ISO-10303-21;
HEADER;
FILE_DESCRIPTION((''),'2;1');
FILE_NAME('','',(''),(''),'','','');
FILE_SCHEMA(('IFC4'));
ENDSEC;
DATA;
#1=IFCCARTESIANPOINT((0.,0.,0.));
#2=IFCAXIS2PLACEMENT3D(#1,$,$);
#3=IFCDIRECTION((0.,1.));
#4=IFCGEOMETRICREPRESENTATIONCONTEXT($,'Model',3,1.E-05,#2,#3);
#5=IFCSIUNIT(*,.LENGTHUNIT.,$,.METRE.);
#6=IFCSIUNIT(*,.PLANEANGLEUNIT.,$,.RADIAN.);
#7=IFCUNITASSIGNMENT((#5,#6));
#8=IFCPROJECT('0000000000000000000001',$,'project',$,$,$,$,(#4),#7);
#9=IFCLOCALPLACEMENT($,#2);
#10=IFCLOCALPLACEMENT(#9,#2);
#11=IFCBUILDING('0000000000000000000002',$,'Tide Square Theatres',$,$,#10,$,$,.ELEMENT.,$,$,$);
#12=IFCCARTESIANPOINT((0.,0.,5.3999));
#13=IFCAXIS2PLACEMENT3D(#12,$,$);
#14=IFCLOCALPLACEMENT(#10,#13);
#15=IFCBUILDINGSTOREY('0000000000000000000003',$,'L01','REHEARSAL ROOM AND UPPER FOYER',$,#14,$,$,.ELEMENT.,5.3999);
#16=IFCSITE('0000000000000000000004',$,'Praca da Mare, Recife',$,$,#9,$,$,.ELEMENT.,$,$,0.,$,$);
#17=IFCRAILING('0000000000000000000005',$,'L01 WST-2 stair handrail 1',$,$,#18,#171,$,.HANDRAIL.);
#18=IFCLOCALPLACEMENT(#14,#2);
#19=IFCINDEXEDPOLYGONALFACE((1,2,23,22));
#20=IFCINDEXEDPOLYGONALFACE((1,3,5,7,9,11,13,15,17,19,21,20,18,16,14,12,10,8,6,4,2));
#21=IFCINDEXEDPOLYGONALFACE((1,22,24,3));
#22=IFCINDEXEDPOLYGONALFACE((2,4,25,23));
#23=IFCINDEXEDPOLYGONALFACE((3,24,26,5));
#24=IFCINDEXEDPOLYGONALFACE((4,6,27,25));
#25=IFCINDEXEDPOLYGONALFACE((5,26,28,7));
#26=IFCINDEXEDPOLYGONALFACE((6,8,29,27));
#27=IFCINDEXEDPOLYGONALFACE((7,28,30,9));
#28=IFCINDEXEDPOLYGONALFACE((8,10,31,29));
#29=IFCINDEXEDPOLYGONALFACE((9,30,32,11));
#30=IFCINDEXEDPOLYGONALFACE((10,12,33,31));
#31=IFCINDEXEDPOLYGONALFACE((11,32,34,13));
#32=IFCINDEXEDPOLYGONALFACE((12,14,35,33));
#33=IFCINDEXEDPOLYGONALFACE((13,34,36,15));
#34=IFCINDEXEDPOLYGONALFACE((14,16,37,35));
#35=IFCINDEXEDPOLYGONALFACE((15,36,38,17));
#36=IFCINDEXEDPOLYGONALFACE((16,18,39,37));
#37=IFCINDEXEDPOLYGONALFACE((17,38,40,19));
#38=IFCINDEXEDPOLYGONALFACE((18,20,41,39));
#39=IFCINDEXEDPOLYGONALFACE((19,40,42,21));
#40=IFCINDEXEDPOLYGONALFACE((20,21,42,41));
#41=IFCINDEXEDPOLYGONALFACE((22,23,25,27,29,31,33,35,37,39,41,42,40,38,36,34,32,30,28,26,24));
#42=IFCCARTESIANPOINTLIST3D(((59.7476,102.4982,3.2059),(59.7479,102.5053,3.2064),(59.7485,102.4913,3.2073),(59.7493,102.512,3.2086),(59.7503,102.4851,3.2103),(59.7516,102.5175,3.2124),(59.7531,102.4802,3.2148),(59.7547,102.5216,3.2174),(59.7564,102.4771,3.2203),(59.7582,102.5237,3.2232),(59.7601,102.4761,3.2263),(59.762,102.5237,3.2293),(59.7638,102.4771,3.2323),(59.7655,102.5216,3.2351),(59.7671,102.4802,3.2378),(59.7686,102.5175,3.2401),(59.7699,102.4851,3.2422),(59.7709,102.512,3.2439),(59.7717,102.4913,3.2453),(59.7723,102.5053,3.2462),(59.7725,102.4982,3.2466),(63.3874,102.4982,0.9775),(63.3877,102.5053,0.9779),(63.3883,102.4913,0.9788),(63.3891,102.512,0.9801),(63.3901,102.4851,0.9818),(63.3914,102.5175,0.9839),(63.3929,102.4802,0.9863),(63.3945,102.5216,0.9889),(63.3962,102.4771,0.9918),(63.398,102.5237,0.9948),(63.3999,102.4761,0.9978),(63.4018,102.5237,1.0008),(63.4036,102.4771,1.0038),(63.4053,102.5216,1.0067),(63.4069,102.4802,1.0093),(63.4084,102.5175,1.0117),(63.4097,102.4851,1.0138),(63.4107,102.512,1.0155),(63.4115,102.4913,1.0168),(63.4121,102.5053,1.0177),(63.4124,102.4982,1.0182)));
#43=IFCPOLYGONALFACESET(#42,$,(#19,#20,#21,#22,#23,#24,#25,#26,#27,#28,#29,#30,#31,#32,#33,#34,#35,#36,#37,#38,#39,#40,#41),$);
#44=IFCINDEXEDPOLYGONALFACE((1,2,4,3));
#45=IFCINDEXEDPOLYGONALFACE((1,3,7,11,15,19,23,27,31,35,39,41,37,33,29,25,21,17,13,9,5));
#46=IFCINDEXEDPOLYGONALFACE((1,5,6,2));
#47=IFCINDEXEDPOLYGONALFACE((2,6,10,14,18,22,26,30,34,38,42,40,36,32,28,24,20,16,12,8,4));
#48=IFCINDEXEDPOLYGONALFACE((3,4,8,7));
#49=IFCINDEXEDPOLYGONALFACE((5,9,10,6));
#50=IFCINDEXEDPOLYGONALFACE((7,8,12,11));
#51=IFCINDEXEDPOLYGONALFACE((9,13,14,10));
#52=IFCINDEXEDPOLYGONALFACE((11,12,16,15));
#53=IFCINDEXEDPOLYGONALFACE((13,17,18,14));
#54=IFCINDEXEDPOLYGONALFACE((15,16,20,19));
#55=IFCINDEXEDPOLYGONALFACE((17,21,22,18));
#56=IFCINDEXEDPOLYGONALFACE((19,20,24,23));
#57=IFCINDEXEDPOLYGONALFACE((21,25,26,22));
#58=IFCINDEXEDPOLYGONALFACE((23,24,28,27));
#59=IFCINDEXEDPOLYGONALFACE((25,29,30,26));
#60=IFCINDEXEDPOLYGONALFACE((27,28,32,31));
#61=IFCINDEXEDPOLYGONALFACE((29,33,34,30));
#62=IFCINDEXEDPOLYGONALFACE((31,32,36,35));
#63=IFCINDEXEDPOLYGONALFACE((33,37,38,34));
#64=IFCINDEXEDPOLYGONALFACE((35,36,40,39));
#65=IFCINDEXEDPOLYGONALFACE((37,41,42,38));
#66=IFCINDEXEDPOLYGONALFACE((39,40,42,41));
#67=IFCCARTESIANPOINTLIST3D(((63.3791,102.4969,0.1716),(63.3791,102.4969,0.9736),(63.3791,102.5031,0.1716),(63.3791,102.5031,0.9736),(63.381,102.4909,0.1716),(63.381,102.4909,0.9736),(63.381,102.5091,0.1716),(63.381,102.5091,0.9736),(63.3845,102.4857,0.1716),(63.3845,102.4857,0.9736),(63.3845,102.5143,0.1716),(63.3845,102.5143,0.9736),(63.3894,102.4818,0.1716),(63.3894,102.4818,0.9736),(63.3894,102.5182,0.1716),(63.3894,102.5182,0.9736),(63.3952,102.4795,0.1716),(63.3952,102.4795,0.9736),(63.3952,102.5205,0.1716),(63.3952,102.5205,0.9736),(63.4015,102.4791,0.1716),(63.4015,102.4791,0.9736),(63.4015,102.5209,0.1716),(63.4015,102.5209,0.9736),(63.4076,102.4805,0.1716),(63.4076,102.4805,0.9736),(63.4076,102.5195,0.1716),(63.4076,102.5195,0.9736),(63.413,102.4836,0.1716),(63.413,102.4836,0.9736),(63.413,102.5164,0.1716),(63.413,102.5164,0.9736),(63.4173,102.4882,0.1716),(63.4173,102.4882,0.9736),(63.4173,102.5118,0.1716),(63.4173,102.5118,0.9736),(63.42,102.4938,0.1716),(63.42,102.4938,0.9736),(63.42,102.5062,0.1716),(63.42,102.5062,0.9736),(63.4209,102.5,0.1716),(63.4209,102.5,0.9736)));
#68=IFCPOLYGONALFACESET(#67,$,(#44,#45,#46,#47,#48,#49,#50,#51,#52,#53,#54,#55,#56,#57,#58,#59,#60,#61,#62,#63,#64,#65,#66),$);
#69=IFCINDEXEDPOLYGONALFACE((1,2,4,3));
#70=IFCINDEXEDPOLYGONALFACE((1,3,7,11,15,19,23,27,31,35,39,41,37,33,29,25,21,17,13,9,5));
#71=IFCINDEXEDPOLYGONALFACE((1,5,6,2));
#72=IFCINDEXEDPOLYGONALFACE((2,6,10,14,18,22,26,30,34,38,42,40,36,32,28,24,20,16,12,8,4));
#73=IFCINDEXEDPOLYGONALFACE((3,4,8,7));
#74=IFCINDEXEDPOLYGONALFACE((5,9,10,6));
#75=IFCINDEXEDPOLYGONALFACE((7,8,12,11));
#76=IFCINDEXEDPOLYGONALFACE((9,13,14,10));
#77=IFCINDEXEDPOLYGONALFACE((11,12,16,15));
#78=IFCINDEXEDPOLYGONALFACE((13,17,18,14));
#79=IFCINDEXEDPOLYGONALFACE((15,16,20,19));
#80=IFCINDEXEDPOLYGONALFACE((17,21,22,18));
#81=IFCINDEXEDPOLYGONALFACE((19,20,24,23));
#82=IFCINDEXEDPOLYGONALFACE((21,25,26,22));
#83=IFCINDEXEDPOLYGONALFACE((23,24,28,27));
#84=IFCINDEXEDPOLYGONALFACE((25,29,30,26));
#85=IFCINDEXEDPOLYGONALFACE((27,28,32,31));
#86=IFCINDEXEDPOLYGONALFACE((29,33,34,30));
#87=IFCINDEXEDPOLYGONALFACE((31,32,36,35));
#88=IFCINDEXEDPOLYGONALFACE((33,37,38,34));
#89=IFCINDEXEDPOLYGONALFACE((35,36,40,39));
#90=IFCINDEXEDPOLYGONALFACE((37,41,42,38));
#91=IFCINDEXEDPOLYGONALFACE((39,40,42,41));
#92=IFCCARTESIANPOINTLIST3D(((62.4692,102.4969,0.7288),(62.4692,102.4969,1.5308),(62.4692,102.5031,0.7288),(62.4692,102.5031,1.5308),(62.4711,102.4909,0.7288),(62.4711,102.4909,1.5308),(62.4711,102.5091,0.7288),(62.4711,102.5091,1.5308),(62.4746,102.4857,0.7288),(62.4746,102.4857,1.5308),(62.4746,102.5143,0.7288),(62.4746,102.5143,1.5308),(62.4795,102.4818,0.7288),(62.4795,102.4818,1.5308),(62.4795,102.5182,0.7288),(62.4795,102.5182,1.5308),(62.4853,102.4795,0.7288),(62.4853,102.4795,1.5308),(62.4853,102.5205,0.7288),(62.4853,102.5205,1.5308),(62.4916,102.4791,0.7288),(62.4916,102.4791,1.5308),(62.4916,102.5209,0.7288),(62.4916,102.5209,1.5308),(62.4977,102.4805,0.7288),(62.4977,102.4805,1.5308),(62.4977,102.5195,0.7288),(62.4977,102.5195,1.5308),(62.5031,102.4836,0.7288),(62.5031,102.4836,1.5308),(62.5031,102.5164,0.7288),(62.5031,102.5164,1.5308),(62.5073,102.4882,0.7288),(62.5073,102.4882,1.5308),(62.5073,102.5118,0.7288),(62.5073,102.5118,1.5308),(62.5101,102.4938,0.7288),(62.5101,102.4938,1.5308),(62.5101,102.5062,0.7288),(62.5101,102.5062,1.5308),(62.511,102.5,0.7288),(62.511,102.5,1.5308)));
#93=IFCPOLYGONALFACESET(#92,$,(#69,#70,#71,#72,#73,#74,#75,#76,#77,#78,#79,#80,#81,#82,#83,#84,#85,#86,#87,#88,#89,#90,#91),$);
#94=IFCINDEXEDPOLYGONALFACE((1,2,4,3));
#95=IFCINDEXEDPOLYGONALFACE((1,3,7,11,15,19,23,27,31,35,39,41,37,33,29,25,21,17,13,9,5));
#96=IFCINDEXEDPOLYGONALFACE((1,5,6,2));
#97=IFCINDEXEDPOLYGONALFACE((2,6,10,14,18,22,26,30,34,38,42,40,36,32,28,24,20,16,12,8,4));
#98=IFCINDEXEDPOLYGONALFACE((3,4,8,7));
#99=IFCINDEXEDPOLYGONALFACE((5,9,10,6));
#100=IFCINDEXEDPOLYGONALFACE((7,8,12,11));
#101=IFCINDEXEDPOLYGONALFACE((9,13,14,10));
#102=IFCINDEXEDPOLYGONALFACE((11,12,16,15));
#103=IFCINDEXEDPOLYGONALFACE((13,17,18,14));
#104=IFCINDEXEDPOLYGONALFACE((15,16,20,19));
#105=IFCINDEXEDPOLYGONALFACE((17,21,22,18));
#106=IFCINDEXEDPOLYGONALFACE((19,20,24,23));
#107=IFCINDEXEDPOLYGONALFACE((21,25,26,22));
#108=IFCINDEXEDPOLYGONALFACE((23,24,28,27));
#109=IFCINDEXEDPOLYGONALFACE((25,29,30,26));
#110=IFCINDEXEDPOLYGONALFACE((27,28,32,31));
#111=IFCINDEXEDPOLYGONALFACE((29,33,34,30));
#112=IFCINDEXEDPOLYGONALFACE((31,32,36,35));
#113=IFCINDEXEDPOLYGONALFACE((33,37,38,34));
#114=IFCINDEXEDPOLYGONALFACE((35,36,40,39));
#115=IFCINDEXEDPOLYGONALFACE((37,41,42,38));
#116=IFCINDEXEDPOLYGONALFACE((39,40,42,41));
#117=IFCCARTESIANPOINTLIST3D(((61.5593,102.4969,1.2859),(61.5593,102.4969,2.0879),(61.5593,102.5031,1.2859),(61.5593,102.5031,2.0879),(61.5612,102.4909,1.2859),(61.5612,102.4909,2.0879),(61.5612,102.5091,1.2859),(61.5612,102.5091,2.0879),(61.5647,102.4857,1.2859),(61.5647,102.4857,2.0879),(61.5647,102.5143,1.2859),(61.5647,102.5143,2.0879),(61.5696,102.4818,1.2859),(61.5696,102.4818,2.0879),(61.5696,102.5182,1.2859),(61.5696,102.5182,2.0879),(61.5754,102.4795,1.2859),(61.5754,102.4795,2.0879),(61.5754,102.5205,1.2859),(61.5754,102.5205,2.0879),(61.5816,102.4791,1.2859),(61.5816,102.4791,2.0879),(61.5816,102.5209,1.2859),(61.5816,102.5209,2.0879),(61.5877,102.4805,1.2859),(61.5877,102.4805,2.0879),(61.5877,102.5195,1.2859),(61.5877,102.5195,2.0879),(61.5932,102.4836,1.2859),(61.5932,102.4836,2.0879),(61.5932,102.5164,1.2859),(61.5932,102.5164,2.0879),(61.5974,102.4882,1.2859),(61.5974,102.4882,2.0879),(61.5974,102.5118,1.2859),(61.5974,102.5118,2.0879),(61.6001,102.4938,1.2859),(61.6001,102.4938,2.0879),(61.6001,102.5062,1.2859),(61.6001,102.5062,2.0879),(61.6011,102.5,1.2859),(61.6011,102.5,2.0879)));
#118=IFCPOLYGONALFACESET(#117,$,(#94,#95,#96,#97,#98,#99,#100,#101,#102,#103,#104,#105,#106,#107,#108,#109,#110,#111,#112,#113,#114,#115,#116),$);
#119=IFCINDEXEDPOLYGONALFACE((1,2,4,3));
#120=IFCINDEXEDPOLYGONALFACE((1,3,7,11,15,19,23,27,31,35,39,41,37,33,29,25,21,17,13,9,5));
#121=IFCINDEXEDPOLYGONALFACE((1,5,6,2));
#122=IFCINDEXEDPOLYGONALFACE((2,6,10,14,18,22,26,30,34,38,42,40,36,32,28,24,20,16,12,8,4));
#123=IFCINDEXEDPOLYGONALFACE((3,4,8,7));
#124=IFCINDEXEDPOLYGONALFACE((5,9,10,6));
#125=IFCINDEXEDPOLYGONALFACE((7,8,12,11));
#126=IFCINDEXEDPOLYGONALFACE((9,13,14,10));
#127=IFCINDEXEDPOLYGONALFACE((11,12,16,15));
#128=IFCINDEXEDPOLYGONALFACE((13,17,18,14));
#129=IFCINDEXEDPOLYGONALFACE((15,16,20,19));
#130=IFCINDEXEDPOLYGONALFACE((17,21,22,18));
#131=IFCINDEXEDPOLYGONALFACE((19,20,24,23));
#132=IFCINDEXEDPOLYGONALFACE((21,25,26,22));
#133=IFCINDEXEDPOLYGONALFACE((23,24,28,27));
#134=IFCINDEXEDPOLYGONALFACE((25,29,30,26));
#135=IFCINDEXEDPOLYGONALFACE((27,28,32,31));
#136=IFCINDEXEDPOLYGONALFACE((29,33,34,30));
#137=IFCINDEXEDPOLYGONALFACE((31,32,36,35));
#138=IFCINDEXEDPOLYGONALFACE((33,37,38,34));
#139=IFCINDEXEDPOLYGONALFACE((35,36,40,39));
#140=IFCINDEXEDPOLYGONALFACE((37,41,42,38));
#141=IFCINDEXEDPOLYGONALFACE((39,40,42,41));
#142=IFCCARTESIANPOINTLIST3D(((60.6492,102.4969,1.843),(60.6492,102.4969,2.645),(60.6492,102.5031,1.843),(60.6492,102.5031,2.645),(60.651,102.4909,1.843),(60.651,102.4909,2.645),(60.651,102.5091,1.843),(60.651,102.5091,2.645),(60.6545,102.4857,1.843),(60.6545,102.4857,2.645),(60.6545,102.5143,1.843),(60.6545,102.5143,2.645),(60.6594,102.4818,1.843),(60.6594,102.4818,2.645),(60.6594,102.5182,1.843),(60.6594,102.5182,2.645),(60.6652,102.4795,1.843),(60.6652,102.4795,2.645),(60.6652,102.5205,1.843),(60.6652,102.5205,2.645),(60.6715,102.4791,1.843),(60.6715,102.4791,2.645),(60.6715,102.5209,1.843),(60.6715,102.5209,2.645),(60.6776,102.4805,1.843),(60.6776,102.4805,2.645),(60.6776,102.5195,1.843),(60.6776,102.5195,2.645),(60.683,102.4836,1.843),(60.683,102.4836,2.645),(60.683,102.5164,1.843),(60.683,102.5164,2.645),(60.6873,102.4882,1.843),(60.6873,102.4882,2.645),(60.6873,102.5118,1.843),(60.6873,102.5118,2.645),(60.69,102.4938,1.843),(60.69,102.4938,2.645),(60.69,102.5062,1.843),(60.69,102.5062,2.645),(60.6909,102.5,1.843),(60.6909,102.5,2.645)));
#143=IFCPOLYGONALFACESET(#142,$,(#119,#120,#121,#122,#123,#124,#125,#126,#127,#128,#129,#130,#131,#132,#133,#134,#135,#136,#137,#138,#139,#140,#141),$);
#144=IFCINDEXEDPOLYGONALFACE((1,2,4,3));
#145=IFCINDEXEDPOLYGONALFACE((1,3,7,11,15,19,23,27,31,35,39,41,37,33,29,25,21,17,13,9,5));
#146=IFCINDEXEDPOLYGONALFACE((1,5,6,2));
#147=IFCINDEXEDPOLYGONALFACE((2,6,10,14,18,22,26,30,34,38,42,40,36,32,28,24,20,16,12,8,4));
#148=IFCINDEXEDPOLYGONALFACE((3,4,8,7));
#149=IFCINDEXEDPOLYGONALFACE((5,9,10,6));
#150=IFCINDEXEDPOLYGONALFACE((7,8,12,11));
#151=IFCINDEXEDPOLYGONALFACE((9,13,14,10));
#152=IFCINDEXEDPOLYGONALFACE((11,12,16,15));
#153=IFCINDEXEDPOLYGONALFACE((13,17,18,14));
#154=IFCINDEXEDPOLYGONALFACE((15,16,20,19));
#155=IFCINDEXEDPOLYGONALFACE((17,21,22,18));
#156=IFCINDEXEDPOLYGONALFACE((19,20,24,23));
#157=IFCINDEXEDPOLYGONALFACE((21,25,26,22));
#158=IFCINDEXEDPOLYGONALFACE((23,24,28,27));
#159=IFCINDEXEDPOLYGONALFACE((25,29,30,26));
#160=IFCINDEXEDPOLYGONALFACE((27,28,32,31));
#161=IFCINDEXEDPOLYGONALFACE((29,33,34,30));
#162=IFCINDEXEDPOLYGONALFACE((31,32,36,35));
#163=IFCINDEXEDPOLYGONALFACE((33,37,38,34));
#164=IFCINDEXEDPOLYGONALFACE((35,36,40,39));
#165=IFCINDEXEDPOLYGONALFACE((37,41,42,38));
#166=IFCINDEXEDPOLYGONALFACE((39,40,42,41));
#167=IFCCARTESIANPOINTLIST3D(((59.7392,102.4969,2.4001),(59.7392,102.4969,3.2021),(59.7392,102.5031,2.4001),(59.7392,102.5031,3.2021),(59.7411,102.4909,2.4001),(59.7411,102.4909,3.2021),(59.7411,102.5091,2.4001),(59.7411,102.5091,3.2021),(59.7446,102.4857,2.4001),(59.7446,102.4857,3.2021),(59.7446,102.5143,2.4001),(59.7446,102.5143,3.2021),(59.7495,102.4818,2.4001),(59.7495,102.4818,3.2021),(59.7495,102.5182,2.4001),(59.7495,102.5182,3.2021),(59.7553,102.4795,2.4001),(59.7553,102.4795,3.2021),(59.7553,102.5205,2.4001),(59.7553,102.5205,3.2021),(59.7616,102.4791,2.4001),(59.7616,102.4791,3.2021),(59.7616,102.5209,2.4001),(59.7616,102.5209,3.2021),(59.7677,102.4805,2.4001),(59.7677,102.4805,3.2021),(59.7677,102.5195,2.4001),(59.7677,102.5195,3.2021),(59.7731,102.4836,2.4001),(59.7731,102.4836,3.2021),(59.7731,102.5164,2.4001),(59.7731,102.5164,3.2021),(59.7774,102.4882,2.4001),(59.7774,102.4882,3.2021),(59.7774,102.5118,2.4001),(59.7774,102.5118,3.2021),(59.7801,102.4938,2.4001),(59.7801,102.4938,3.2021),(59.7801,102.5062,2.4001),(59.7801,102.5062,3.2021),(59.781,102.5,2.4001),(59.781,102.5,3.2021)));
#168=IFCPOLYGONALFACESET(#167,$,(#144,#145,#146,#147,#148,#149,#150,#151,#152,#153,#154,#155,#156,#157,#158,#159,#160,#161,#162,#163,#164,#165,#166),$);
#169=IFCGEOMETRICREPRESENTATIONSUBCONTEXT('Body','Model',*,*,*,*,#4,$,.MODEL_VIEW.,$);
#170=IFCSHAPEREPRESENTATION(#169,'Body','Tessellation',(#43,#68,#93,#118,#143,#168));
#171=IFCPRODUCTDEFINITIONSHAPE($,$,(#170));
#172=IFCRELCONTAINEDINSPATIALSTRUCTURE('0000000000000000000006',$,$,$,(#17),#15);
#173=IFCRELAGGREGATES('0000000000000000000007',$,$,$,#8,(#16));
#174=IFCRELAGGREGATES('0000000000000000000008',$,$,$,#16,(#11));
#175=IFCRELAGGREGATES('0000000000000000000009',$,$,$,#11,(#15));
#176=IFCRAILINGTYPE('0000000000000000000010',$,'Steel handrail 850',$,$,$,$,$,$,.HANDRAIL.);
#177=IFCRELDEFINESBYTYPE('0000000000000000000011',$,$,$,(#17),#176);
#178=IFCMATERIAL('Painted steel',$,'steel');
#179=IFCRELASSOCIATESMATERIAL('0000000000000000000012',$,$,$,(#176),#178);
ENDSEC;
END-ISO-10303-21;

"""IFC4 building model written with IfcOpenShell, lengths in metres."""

from ifc_helpers import new_model, si_unit, direction, frame, origin, origin_2d, place, context, subcontext, project, spatial, circle, extrude, material, type_object, element, save


model = new_model("IFC4")

# Units and contexts
model_context = context("Model", 3, precision=1e-05, world=origin(), true_north=direction((0.0, 1.0)))
body_context = subcontext(model_context, "Body", "Model", "MODEL_VIEW")
ifc_project = project(units=[si_unit("LENGTHUNIT", "METRE"), si_unit("PLANEANGLEUNIT", "RADIAN")], contexts=[model_context])

# Site, building, storey
site_placement = place(None, origin())
site = spatial("IfcSite", under=ifc_project, at=site_placement, Name="Praca da Mare, Recife", CompositionType="ELEMENT", RefElevation=0.0)
building_placement = place(site_placement, origin())
building = spatial("IfcBuilding", under=site, at=building_placement, Name="Tide Square Theatres", CompositionType="ELEMENT")
storey_placement = place(building_placement, frame((0.0, 0.0, 5.3999)))
storey = spatial("IfcBuildingStorey", under=building, at=storey_placement, Name="L01", Description="REHEARSAL ROOM AND UPPER FOYER", CompositionType="ELEMENT", Elevation=5.3999)

# Railing
ifc_material_1 = material(Name="Painted steel", Category="steel")
railing_type_1 = type_object("IfcRailingType", Name="Steel handrail 850", PredefinedType="HANDRAIL", material=ifc_material_1)
railing_1_placement = place(storey_placement, frame((63.3999, 102.5, 0.1716)))
element("IfcRailing", 1, at=railing_1_placement, inside=storey, type_object=railing_type_1, Name="L01 WST-2 stair handrail 1", PredefinedType="HANDRAIL", context=body_context, shape_type="SweptSolid", body=[
    extrude(circle(Radius=0.0239, at=origin_2d()), frame((0.0, 0.0, 0.8262), z_axis=(-0.85285, 0.0, 0.522156), x_axis=(0.0, -1.0, 0.0)), (0.0, 0.0, 1.0), 4.2678),
    extrude(circle(Radius=0.021, at=origin_2d()), origin(), (0.0, 0.0, 1.0), 0.802),
    extrude(circle(Radius=0.021, at=origin_2d()), frame((-0.9099, 0.0, 0.5571)), (0.0, 0.0, 1.0), 0.802),
    extrude(circle(Radius=0.021, at=origin_2d()), frame((-1.8198, 0.0, 1.1143)), (0.0, 0.0, 1.0), 0.802),
    extrude(circle(Radius=0.021, at=origin_2d()), frame((-2.73, 0.0, 1.6714)), (0.0, 0.0, 1.0), 0.802),
    extrude(circle(Radius=0.021, at=origin_2d()), frame((-3.6399, 0.0, 2.2285)), (0.0, 0.0, 1.0), 0.802),
])

save(model, "model.ifc")
